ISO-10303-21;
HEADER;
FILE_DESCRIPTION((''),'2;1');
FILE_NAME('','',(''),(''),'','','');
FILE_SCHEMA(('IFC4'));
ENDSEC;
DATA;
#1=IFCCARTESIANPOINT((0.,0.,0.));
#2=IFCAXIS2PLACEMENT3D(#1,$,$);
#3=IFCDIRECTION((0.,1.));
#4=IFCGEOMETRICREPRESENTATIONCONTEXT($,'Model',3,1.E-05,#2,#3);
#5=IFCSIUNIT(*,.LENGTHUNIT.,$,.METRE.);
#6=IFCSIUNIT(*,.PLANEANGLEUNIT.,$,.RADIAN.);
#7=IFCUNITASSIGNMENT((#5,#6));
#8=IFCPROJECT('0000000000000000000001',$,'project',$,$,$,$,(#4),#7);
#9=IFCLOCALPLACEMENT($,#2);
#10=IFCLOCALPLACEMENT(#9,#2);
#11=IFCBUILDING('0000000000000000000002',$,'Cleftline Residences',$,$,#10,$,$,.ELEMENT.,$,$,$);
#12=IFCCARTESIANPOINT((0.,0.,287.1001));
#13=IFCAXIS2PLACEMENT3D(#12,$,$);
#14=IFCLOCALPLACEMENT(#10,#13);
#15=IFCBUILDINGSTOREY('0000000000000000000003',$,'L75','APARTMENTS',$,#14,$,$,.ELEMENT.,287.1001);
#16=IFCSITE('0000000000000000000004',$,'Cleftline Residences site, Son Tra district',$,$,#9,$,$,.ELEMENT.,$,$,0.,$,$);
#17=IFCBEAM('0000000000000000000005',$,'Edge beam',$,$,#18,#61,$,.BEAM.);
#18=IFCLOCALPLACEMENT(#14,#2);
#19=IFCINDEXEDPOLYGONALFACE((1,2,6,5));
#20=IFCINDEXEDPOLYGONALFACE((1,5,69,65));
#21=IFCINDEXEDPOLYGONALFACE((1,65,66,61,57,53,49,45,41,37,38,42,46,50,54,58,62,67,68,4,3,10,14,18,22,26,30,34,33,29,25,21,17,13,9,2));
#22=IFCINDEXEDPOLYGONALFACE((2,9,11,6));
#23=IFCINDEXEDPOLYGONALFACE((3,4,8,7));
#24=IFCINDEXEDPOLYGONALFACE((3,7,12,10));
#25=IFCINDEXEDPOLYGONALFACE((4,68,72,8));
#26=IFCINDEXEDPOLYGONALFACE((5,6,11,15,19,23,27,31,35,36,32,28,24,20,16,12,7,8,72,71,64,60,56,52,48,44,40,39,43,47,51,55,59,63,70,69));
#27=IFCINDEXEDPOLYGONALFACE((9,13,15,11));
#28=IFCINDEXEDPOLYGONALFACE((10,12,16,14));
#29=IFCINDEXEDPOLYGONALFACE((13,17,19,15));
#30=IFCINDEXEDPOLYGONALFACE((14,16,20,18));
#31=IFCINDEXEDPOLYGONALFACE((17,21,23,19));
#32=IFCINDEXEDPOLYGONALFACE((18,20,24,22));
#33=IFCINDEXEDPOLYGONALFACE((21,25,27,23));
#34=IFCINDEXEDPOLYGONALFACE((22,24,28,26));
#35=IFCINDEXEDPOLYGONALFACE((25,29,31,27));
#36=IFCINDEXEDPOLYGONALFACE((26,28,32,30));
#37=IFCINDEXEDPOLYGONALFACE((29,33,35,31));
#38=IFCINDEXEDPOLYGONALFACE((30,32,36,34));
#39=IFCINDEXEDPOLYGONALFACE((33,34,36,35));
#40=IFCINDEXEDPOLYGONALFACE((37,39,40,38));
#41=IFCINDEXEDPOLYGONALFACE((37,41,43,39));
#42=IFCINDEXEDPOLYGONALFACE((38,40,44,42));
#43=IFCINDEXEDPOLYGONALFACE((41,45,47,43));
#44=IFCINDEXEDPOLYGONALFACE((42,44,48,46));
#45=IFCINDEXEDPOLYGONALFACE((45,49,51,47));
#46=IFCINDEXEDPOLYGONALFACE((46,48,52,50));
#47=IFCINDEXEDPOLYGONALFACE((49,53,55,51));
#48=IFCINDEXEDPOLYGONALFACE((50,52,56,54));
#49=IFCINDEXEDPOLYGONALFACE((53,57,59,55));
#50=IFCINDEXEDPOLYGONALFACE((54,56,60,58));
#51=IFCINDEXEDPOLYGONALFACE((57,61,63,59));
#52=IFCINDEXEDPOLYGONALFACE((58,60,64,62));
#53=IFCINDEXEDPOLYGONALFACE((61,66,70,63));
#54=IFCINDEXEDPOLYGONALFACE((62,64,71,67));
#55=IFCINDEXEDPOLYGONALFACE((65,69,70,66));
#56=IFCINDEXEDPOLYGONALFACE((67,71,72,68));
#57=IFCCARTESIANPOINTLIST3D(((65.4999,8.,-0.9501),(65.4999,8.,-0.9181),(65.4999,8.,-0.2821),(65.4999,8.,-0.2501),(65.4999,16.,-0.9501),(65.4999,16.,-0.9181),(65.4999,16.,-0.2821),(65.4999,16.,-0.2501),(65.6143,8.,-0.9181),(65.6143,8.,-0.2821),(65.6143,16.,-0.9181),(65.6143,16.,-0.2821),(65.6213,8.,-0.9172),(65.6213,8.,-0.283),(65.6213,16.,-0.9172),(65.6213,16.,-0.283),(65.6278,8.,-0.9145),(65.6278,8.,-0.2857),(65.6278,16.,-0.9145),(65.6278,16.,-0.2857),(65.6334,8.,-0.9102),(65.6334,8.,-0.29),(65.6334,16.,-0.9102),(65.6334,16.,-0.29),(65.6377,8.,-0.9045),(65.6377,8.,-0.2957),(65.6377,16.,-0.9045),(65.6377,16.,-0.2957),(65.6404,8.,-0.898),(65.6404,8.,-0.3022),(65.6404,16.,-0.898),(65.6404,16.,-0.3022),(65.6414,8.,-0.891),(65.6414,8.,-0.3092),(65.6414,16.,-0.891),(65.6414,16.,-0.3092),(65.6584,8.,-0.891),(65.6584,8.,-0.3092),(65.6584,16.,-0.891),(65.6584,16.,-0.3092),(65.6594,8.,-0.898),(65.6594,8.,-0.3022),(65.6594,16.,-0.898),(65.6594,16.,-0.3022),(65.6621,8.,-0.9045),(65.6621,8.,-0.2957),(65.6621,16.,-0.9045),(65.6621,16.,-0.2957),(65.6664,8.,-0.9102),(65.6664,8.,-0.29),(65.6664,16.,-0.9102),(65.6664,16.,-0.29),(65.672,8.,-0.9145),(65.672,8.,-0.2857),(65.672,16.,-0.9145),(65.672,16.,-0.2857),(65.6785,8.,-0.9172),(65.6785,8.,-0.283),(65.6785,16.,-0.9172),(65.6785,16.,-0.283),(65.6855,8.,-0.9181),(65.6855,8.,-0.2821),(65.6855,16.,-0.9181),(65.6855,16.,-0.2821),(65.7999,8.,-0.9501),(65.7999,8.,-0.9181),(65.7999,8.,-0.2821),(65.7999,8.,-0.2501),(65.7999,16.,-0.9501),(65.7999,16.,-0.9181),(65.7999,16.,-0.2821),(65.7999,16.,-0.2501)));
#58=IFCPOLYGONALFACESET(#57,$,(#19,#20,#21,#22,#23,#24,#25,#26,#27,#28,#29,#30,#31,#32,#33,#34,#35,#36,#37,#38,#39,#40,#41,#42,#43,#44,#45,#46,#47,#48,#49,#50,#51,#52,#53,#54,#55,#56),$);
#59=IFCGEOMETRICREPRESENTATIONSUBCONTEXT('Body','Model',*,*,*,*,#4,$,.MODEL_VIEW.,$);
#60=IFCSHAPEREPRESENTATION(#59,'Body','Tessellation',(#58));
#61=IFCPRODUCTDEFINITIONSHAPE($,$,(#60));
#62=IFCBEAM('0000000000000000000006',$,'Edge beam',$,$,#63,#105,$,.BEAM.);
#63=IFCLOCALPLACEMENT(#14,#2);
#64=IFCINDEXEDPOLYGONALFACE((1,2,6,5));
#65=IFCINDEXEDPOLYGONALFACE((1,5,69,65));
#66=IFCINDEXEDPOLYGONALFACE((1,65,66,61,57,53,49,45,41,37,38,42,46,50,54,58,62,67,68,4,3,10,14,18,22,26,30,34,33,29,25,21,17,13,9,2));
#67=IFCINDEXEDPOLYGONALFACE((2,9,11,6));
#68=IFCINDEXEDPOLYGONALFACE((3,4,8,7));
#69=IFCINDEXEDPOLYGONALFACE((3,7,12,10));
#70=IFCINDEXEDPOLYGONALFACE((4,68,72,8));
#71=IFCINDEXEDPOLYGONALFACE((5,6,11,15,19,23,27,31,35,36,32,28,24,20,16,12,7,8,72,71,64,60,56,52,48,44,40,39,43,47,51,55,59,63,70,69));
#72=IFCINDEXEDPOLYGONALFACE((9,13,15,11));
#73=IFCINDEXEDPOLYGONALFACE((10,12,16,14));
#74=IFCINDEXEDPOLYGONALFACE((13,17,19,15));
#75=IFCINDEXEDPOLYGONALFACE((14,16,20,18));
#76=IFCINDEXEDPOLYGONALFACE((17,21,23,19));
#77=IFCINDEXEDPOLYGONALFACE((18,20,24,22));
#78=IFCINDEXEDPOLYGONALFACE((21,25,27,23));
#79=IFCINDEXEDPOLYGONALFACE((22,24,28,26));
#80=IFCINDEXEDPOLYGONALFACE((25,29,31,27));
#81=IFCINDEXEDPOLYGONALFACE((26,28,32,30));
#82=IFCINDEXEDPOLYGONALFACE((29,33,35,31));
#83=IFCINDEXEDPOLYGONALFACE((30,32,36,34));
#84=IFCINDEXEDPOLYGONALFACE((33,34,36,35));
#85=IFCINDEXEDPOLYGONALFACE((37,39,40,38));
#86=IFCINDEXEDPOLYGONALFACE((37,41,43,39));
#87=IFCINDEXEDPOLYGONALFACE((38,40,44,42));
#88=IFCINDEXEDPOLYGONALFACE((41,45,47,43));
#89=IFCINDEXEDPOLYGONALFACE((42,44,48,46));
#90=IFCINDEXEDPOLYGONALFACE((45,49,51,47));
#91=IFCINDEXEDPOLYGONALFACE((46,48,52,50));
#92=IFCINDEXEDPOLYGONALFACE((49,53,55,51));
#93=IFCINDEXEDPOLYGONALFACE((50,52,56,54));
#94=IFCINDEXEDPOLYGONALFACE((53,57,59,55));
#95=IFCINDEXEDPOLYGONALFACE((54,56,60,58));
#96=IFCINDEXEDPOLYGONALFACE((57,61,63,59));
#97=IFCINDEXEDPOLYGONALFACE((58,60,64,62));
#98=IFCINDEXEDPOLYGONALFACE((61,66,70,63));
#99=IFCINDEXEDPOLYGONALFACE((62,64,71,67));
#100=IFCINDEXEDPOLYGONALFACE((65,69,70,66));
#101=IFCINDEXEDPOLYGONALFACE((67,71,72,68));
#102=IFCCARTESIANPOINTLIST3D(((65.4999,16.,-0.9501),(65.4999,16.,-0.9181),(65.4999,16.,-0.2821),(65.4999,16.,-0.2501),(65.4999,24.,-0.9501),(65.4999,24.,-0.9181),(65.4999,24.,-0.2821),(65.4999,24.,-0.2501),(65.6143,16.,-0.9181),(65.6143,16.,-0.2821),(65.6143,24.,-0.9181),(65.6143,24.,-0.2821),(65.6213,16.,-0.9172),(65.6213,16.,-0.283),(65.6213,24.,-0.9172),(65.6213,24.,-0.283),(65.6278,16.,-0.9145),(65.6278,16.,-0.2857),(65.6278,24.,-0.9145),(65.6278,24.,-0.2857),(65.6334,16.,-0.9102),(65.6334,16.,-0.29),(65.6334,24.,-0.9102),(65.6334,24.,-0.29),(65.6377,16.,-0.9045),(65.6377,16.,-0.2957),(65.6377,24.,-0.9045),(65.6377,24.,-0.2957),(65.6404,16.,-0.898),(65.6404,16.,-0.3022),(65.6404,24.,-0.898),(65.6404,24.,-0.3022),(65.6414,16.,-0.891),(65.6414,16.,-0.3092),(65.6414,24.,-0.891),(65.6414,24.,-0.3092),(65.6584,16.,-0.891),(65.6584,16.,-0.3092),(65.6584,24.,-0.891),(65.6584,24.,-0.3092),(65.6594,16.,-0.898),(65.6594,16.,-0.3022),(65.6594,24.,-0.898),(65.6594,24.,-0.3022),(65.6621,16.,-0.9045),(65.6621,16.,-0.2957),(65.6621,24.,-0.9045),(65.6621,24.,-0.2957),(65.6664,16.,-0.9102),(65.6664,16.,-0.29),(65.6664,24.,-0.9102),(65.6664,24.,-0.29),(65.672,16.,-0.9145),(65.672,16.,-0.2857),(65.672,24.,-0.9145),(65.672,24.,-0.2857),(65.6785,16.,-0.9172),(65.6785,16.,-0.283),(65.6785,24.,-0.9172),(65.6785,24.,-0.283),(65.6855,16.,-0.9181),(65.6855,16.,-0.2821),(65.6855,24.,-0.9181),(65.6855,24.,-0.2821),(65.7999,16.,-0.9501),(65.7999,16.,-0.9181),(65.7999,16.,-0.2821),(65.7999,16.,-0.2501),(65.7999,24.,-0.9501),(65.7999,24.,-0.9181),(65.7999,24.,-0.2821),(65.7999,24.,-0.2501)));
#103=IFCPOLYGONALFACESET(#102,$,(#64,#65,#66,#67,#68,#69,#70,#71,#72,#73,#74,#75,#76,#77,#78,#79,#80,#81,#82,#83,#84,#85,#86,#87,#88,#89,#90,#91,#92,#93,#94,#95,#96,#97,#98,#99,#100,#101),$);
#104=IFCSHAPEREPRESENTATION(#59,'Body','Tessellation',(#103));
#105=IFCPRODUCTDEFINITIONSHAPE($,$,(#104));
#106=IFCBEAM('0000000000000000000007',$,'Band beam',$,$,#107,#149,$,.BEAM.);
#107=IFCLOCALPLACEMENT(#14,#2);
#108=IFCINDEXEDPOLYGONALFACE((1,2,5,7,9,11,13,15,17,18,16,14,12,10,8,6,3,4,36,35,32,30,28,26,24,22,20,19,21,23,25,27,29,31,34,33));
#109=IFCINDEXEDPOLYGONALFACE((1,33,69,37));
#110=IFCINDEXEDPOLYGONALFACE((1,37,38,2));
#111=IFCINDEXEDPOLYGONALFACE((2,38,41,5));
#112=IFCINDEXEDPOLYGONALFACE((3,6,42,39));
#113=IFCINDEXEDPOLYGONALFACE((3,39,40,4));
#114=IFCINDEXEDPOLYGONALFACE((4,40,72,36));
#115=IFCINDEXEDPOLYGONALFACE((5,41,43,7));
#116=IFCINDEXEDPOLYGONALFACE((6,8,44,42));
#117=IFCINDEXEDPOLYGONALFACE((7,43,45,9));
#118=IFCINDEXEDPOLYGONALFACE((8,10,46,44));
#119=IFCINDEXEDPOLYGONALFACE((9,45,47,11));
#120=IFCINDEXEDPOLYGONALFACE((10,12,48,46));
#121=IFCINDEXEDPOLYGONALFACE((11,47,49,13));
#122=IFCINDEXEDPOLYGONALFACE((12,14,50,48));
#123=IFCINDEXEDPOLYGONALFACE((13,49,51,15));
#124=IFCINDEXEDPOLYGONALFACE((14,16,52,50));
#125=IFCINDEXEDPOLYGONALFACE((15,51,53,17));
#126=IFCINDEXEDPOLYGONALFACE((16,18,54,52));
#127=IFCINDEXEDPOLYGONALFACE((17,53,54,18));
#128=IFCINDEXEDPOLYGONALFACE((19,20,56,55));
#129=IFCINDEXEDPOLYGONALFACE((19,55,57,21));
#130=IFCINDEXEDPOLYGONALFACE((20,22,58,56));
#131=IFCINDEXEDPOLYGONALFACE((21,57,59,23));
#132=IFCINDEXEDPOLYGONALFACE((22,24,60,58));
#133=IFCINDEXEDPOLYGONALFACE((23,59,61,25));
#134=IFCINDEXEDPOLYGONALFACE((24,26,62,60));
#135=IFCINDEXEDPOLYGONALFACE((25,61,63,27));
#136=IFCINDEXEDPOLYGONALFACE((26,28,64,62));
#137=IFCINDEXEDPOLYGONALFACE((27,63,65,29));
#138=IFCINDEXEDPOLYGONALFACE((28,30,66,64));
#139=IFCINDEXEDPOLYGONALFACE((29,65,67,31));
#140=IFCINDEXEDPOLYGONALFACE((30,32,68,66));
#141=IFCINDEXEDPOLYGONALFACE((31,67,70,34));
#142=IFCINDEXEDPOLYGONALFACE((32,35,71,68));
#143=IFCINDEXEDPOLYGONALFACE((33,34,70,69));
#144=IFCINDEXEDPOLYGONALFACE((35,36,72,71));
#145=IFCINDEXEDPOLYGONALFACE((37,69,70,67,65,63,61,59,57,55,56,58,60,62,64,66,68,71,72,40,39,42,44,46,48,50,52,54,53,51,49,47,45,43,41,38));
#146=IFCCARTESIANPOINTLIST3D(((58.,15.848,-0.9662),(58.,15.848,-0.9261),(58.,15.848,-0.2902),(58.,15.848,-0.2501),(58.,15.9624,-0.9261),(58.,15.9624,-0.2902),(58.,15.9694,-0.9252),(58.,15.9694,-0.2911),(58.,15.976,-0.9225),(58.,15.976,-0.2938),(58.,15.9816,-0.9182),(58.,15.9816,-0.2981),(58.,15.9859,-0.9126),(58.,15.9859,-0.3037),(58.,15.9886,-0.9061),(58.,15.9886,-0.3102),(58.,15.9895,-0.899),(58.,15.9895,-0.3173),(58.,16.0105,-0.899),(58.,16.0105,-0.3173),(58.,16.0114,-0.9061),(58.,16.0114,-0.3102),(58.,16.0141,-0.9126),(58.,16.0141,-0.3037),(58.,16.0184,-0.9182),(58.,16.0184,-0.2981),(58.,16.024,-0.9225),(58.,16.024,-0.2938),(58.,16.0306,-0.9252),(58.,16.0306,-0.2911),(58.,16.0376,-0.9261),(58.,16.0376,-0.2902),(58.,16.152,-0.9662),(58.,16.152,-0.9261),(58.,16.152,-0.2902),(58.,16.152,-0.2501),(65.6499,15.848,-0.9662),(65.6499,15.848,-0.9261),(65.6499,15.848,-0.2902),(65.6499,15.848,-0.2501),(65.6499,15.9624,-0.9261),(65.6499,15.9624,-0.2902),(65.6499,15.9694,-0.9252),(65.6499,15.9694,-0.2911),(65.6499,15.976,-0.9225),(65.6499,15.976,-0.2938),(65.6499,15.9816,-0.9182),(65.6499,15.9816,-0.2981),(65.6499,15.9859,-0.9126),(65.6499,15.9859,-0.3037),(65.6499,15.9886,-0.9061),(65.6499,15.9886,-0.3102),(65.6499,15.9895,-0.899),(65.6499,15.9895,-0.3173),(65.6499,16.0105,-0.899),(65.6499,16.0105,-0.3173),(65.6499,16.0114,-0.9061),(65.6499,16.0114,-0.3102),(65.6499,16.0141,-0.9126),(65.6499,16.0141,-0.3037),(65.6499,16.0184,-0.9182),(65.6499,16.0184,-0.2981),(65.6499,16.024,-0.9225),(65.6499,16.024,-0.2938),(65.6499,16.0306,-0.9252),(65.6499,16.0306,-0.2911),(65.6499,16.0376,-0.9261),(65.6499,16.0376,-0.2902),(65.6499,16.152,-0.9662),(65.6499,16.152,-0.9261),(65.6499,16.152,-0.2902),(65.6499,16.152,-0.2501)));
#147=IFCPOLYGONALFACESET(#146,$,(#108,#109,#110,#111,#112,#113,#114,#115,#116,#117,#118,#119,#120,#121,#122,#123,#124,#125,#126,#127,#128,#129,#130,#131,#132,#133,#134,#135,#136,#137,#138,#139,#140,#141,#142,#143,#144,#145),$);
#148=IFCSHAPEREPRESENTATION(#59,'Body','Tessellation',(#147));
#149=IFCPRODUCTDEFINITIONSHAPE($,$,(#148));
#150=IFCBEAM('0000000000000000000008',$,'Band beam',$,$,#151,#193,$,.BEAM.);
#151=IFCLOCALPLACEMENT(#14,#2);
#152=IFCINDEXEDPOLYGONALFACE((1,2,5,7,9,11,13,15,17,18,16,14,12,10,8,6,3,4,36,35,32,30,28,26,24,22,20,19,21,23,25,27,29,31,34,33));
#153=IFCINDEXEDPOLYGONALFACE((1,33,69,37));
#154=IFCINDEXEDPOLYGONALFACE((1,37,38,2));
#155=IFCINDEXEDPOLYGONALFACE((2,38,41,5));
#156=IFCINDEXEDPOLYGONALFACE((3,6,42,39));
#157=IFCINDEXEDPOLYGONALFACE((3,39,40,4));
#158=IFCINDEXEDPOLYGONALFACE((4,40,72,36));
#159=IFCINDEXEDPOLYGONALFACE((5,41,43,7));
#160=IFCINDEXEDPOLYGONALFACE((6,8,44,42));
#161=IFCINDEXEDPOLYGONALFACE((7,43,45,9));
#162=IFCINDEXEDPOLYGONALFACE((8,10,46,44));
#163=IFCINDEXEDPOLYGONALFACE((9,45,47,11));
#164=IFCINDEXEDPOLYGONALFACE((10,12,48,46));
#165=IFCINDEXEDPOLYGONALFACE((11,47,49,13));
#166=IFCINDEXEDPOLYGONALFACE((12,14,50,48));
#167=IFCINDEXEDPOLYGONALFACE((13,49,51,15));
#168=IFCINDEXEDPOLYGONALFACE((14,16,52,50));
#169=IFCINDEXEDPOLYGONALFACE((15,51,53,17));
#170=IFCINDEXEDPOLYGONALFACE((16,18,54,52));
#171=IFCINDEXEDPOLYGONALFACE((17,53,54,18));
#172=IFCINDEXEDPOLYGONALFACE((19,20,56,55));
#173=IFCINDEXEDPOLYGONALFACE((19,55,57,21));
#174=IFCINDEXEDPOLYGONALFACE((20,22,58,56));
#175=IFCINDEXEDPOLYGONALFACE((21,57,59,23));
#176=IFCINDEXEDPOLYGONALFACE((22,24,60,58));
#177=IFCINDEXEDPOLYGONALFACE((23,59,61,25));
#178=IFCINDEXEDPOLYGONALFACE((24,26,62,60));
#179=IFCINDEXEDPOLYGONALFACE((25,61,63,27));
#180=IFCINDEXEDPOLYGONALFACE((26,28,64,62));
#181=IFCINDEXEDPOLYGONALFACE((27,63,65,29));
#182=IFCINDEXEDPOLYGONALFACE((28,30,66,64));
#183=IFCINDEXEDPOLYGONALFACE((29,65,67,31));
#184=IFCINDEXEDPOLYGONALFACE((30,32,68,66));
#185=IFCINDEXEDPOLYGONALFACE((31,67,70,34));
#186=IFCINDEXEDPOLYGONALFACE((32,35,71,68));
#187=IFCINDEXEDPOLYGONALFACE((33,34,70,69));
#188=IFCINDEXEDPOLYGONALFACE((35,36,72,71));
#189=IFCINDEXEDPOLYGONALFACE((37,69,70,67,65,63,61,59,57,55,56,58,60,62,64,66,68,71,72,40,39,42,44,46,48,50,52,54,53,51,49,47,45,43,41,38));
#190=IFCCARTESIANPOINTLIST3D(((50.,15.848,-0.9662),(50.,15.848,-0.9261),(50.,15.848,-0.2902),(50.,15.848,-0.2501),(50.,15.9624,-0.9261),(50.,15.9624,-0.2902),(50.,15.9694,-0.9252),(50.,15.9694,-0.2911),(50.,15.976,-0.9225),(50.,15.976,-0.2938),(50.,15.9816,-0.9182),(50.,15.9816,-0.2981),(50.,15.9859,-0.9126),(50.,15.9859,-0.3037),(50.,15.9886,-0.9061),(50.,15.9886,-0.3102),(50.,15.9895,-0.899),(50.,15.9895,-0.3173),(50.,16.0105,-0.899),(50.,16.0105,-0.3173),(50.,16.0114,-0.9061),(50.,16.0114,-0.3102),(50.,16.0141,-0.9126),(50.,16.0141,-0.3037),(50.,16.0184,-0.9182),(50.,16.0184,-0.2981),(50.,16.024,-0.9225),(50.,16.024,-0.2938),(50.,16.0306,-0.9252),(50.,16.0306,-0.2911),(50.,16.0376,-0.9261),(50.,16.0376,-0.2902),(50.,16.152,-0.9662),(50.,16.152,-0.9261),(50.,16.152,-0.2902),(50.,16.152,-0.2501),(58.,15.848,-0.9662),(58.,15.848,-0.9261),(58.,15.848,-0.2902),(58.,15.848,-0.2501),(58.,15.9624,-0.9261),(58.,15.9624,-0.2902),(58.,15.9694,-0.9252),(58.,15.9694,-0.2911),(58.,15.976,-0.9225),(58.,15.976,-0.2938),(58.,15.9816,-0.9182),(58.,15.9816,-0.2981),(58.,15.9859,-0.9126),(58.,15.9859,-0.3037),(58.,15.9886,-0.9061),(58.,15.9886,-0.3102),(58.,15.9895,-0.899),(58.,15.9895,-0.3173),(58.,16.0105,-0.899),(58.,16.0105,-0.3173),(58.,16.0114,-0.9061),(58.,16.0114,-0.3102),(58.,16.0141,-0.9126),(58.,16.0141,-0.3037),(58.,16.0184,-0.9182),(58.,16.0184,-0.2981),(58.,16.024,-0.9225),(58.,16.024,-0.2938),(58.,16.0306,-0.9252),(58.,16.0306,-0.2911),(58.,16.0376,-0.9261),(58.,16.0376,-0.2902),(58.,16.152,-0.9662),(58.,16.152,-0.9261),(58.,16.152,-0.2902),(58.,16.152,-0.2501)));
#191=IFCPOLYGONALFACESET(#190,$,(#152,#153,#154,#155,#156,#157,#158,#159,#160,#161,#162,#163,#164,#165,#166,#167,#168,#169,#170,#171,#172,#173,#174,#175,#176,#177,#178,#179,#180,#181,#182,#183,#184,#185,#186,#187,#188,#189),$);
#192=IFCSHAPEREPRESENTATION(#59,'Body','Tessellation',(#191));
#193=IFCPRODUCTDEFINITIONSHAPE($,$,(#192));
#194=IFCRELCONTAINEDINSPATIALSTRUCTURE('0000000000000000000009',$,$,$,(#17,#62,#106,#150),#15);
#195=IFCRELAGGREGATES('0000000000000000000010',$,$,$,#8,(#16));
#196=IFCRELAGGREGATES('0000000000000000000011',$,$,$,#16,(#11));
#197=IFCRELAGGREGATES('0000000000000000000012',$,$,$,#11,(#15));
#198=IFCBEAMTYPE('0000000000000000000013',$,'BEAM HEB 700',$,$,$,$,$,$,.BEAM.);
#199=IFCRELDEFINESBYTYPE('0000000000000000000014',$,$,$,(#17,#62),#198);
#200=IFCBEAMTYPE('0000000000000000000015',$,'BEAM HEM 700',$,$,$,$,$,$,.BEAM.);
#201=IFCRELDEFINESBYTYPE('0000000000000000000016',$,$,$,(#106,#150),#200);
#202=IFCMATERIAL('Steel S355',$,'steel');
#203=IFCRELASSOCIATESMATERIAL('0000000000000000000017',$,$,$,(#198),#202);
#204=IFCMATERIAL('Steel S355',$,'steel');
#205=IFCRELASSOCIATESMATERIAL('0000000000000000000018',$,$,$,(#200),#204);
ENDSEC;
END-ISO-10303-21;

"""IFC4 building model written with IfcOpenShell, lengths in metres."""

from ifc_helpers import new_model, si_unit, direction, frame, origin, origin_2d, place, context, subcontext, project, spatial, i_section, extrude, material, material_profile, profile_set, type_object, element, save


model = new_model("IFC4")

# Units and contexts
model_context = context("Model", 3, precision=1e-05, world=origin(), true_north=direction((0.0, 1.0)))
body_context = subcontext(model_context, "Body", "Model", "MODEL_VIEW")
ifc_project = project(units=[si_unit("LENGTHUNIT", "METRE"), si_unit("PLANEANGLEUNIT", "RADIAN")], contexts=[model_context])

# Site, building, storey
site_placement = place(None, origin())
site = spatial("IfcSite", under=ifc_project, at=site_placement, Name="Cleftline Residences site, Son Tra district", CompositionType="ELEMENT", RefElevation=0.0)
building_placement = place(site_placement, origin())
building = spatial("IfcBuilding", under=site, at=building_placement, Name="Cleftline Residences", CompositionType="ELEMENT")
storey_placement = place(building_placement, frame((0.0, 0.0, 287.1001)))
storey = spatial("IfcBuildingStorey", under=building, at=storey_placement, Name="L75", Description="APARTMENTS", CompositionType="ELEMENT", Elevation=287.1001)

# Beams
ifc_material_1 = material(Name="Steel S355", Category="steel")
ifc_material_profile_1 = material_profile(ifc_material_1, i_section(OverallWidth=0.3, OverallDepth=0.7, WebThickness=0.0171, FlangeThickness=0.032, FilletRadius=0.0271, at=origin_2d()))
ifc_profile_set_1 = profile_set([ifc_material_profile_1], Name="Steel S355")
beam_type_1 = type_object("IfcBeamType", Name="BEAM HEB 700", PredefinedType="BEAM", material=ifc_profile_set_1)
for number, where, z_axis, x_axis, name in (
    (1, (65.6499, 8.0, -0.6001), (0.0, 1.0, 0.0), (-1.0, 0.0, 0.0), "Edge beam"),
    (2, (65.6499, 16.0, -0.6001), (0.0, 1.0, 0.0), (-1.0, 0.0, 0.0), "Edge beam"),
):
    element("IfcBeam", number, at=place(storey_placement, frame(where, z_axis=z_axis, x_axis=x_axis)), inside=storey, type_object=beam_type_1, Name=name, PredefinedType="BEAM", context=body_context, shape_type="SweptSolid", body=[
        extrude(i_section(OverallWidth=0.3, OverallDepth=0.7, WebThickness=0.0171, FlangeThickness=0.032, FilletRadius=0.0271, at=origin_2d()), origin(), (0.0, 0.0, 1.0), 8.0),
    ])
ifc_material_2 = material(Name="Steel S355", Category="steel")
ifc_material_profile_2 = material_profile(ifc_material_2, i_section(OverallWidth=0.304, OverallDepth=0.7161, WebThickness=0.021, FlangeThickness=0.04, FilletRadius=0.0271, at=origin_2d()))
ifc_profile_set_2 = profile_set([ifc_material_profile_2], Name="Steel S355")
beam_type_2 = type_object("IfcBeamType", Name="BEAM HEM 700", PredefinedType="BEAM", material=ifc_profile_set_2)
beam_1_placement = place(storey_placement, frame((65.6499, 16.0, -0.6082), z_axis=(-1.0, 0.0, 0.0), x_axis=(0.0, -1.0, 0.0)))
element("IfcBeam", 3, at=beam_1_placement, inside=storey, type_object=beam_type_2, Name="Band beam", PredefinedType="BEAM", context=body_context, shape_type="SweptSolid", body=[
    extrude(i_section(OverallWidth=0.304, OverallDepth=0.7161, WebThickness=0.021, FlangeThickness=0.04, FilletRadius=0.0271, at=origin_2d()), origin(), (0.0, 0.0, 1.0), 7.6499),
])
beam_2_placement = place(storey_placement, frame((58.0, 16.0, -0.6082), z_axis=(-1.0, 0.0, 0.0), x_axis=(0.0, -1.0, 0.0)))
element("IfcBeam", 4, at=beam_2_placement, inside=storey, type_object=beam_type_2, Name="Band beam", PredefinedType="BEAM", context=body_context, shape_type="SweptSolid", body=[
    extrude(i_section(OverallWidth=0.304, OverallDepth=0.7161, WebThickness=0.021, FlangeThickness=0.04, FilletRadius=0.0271, at=origin_2d()), origin(), (0.0, 0.0, 1.0), 8.0),
])

save(model, "model.ifc")
